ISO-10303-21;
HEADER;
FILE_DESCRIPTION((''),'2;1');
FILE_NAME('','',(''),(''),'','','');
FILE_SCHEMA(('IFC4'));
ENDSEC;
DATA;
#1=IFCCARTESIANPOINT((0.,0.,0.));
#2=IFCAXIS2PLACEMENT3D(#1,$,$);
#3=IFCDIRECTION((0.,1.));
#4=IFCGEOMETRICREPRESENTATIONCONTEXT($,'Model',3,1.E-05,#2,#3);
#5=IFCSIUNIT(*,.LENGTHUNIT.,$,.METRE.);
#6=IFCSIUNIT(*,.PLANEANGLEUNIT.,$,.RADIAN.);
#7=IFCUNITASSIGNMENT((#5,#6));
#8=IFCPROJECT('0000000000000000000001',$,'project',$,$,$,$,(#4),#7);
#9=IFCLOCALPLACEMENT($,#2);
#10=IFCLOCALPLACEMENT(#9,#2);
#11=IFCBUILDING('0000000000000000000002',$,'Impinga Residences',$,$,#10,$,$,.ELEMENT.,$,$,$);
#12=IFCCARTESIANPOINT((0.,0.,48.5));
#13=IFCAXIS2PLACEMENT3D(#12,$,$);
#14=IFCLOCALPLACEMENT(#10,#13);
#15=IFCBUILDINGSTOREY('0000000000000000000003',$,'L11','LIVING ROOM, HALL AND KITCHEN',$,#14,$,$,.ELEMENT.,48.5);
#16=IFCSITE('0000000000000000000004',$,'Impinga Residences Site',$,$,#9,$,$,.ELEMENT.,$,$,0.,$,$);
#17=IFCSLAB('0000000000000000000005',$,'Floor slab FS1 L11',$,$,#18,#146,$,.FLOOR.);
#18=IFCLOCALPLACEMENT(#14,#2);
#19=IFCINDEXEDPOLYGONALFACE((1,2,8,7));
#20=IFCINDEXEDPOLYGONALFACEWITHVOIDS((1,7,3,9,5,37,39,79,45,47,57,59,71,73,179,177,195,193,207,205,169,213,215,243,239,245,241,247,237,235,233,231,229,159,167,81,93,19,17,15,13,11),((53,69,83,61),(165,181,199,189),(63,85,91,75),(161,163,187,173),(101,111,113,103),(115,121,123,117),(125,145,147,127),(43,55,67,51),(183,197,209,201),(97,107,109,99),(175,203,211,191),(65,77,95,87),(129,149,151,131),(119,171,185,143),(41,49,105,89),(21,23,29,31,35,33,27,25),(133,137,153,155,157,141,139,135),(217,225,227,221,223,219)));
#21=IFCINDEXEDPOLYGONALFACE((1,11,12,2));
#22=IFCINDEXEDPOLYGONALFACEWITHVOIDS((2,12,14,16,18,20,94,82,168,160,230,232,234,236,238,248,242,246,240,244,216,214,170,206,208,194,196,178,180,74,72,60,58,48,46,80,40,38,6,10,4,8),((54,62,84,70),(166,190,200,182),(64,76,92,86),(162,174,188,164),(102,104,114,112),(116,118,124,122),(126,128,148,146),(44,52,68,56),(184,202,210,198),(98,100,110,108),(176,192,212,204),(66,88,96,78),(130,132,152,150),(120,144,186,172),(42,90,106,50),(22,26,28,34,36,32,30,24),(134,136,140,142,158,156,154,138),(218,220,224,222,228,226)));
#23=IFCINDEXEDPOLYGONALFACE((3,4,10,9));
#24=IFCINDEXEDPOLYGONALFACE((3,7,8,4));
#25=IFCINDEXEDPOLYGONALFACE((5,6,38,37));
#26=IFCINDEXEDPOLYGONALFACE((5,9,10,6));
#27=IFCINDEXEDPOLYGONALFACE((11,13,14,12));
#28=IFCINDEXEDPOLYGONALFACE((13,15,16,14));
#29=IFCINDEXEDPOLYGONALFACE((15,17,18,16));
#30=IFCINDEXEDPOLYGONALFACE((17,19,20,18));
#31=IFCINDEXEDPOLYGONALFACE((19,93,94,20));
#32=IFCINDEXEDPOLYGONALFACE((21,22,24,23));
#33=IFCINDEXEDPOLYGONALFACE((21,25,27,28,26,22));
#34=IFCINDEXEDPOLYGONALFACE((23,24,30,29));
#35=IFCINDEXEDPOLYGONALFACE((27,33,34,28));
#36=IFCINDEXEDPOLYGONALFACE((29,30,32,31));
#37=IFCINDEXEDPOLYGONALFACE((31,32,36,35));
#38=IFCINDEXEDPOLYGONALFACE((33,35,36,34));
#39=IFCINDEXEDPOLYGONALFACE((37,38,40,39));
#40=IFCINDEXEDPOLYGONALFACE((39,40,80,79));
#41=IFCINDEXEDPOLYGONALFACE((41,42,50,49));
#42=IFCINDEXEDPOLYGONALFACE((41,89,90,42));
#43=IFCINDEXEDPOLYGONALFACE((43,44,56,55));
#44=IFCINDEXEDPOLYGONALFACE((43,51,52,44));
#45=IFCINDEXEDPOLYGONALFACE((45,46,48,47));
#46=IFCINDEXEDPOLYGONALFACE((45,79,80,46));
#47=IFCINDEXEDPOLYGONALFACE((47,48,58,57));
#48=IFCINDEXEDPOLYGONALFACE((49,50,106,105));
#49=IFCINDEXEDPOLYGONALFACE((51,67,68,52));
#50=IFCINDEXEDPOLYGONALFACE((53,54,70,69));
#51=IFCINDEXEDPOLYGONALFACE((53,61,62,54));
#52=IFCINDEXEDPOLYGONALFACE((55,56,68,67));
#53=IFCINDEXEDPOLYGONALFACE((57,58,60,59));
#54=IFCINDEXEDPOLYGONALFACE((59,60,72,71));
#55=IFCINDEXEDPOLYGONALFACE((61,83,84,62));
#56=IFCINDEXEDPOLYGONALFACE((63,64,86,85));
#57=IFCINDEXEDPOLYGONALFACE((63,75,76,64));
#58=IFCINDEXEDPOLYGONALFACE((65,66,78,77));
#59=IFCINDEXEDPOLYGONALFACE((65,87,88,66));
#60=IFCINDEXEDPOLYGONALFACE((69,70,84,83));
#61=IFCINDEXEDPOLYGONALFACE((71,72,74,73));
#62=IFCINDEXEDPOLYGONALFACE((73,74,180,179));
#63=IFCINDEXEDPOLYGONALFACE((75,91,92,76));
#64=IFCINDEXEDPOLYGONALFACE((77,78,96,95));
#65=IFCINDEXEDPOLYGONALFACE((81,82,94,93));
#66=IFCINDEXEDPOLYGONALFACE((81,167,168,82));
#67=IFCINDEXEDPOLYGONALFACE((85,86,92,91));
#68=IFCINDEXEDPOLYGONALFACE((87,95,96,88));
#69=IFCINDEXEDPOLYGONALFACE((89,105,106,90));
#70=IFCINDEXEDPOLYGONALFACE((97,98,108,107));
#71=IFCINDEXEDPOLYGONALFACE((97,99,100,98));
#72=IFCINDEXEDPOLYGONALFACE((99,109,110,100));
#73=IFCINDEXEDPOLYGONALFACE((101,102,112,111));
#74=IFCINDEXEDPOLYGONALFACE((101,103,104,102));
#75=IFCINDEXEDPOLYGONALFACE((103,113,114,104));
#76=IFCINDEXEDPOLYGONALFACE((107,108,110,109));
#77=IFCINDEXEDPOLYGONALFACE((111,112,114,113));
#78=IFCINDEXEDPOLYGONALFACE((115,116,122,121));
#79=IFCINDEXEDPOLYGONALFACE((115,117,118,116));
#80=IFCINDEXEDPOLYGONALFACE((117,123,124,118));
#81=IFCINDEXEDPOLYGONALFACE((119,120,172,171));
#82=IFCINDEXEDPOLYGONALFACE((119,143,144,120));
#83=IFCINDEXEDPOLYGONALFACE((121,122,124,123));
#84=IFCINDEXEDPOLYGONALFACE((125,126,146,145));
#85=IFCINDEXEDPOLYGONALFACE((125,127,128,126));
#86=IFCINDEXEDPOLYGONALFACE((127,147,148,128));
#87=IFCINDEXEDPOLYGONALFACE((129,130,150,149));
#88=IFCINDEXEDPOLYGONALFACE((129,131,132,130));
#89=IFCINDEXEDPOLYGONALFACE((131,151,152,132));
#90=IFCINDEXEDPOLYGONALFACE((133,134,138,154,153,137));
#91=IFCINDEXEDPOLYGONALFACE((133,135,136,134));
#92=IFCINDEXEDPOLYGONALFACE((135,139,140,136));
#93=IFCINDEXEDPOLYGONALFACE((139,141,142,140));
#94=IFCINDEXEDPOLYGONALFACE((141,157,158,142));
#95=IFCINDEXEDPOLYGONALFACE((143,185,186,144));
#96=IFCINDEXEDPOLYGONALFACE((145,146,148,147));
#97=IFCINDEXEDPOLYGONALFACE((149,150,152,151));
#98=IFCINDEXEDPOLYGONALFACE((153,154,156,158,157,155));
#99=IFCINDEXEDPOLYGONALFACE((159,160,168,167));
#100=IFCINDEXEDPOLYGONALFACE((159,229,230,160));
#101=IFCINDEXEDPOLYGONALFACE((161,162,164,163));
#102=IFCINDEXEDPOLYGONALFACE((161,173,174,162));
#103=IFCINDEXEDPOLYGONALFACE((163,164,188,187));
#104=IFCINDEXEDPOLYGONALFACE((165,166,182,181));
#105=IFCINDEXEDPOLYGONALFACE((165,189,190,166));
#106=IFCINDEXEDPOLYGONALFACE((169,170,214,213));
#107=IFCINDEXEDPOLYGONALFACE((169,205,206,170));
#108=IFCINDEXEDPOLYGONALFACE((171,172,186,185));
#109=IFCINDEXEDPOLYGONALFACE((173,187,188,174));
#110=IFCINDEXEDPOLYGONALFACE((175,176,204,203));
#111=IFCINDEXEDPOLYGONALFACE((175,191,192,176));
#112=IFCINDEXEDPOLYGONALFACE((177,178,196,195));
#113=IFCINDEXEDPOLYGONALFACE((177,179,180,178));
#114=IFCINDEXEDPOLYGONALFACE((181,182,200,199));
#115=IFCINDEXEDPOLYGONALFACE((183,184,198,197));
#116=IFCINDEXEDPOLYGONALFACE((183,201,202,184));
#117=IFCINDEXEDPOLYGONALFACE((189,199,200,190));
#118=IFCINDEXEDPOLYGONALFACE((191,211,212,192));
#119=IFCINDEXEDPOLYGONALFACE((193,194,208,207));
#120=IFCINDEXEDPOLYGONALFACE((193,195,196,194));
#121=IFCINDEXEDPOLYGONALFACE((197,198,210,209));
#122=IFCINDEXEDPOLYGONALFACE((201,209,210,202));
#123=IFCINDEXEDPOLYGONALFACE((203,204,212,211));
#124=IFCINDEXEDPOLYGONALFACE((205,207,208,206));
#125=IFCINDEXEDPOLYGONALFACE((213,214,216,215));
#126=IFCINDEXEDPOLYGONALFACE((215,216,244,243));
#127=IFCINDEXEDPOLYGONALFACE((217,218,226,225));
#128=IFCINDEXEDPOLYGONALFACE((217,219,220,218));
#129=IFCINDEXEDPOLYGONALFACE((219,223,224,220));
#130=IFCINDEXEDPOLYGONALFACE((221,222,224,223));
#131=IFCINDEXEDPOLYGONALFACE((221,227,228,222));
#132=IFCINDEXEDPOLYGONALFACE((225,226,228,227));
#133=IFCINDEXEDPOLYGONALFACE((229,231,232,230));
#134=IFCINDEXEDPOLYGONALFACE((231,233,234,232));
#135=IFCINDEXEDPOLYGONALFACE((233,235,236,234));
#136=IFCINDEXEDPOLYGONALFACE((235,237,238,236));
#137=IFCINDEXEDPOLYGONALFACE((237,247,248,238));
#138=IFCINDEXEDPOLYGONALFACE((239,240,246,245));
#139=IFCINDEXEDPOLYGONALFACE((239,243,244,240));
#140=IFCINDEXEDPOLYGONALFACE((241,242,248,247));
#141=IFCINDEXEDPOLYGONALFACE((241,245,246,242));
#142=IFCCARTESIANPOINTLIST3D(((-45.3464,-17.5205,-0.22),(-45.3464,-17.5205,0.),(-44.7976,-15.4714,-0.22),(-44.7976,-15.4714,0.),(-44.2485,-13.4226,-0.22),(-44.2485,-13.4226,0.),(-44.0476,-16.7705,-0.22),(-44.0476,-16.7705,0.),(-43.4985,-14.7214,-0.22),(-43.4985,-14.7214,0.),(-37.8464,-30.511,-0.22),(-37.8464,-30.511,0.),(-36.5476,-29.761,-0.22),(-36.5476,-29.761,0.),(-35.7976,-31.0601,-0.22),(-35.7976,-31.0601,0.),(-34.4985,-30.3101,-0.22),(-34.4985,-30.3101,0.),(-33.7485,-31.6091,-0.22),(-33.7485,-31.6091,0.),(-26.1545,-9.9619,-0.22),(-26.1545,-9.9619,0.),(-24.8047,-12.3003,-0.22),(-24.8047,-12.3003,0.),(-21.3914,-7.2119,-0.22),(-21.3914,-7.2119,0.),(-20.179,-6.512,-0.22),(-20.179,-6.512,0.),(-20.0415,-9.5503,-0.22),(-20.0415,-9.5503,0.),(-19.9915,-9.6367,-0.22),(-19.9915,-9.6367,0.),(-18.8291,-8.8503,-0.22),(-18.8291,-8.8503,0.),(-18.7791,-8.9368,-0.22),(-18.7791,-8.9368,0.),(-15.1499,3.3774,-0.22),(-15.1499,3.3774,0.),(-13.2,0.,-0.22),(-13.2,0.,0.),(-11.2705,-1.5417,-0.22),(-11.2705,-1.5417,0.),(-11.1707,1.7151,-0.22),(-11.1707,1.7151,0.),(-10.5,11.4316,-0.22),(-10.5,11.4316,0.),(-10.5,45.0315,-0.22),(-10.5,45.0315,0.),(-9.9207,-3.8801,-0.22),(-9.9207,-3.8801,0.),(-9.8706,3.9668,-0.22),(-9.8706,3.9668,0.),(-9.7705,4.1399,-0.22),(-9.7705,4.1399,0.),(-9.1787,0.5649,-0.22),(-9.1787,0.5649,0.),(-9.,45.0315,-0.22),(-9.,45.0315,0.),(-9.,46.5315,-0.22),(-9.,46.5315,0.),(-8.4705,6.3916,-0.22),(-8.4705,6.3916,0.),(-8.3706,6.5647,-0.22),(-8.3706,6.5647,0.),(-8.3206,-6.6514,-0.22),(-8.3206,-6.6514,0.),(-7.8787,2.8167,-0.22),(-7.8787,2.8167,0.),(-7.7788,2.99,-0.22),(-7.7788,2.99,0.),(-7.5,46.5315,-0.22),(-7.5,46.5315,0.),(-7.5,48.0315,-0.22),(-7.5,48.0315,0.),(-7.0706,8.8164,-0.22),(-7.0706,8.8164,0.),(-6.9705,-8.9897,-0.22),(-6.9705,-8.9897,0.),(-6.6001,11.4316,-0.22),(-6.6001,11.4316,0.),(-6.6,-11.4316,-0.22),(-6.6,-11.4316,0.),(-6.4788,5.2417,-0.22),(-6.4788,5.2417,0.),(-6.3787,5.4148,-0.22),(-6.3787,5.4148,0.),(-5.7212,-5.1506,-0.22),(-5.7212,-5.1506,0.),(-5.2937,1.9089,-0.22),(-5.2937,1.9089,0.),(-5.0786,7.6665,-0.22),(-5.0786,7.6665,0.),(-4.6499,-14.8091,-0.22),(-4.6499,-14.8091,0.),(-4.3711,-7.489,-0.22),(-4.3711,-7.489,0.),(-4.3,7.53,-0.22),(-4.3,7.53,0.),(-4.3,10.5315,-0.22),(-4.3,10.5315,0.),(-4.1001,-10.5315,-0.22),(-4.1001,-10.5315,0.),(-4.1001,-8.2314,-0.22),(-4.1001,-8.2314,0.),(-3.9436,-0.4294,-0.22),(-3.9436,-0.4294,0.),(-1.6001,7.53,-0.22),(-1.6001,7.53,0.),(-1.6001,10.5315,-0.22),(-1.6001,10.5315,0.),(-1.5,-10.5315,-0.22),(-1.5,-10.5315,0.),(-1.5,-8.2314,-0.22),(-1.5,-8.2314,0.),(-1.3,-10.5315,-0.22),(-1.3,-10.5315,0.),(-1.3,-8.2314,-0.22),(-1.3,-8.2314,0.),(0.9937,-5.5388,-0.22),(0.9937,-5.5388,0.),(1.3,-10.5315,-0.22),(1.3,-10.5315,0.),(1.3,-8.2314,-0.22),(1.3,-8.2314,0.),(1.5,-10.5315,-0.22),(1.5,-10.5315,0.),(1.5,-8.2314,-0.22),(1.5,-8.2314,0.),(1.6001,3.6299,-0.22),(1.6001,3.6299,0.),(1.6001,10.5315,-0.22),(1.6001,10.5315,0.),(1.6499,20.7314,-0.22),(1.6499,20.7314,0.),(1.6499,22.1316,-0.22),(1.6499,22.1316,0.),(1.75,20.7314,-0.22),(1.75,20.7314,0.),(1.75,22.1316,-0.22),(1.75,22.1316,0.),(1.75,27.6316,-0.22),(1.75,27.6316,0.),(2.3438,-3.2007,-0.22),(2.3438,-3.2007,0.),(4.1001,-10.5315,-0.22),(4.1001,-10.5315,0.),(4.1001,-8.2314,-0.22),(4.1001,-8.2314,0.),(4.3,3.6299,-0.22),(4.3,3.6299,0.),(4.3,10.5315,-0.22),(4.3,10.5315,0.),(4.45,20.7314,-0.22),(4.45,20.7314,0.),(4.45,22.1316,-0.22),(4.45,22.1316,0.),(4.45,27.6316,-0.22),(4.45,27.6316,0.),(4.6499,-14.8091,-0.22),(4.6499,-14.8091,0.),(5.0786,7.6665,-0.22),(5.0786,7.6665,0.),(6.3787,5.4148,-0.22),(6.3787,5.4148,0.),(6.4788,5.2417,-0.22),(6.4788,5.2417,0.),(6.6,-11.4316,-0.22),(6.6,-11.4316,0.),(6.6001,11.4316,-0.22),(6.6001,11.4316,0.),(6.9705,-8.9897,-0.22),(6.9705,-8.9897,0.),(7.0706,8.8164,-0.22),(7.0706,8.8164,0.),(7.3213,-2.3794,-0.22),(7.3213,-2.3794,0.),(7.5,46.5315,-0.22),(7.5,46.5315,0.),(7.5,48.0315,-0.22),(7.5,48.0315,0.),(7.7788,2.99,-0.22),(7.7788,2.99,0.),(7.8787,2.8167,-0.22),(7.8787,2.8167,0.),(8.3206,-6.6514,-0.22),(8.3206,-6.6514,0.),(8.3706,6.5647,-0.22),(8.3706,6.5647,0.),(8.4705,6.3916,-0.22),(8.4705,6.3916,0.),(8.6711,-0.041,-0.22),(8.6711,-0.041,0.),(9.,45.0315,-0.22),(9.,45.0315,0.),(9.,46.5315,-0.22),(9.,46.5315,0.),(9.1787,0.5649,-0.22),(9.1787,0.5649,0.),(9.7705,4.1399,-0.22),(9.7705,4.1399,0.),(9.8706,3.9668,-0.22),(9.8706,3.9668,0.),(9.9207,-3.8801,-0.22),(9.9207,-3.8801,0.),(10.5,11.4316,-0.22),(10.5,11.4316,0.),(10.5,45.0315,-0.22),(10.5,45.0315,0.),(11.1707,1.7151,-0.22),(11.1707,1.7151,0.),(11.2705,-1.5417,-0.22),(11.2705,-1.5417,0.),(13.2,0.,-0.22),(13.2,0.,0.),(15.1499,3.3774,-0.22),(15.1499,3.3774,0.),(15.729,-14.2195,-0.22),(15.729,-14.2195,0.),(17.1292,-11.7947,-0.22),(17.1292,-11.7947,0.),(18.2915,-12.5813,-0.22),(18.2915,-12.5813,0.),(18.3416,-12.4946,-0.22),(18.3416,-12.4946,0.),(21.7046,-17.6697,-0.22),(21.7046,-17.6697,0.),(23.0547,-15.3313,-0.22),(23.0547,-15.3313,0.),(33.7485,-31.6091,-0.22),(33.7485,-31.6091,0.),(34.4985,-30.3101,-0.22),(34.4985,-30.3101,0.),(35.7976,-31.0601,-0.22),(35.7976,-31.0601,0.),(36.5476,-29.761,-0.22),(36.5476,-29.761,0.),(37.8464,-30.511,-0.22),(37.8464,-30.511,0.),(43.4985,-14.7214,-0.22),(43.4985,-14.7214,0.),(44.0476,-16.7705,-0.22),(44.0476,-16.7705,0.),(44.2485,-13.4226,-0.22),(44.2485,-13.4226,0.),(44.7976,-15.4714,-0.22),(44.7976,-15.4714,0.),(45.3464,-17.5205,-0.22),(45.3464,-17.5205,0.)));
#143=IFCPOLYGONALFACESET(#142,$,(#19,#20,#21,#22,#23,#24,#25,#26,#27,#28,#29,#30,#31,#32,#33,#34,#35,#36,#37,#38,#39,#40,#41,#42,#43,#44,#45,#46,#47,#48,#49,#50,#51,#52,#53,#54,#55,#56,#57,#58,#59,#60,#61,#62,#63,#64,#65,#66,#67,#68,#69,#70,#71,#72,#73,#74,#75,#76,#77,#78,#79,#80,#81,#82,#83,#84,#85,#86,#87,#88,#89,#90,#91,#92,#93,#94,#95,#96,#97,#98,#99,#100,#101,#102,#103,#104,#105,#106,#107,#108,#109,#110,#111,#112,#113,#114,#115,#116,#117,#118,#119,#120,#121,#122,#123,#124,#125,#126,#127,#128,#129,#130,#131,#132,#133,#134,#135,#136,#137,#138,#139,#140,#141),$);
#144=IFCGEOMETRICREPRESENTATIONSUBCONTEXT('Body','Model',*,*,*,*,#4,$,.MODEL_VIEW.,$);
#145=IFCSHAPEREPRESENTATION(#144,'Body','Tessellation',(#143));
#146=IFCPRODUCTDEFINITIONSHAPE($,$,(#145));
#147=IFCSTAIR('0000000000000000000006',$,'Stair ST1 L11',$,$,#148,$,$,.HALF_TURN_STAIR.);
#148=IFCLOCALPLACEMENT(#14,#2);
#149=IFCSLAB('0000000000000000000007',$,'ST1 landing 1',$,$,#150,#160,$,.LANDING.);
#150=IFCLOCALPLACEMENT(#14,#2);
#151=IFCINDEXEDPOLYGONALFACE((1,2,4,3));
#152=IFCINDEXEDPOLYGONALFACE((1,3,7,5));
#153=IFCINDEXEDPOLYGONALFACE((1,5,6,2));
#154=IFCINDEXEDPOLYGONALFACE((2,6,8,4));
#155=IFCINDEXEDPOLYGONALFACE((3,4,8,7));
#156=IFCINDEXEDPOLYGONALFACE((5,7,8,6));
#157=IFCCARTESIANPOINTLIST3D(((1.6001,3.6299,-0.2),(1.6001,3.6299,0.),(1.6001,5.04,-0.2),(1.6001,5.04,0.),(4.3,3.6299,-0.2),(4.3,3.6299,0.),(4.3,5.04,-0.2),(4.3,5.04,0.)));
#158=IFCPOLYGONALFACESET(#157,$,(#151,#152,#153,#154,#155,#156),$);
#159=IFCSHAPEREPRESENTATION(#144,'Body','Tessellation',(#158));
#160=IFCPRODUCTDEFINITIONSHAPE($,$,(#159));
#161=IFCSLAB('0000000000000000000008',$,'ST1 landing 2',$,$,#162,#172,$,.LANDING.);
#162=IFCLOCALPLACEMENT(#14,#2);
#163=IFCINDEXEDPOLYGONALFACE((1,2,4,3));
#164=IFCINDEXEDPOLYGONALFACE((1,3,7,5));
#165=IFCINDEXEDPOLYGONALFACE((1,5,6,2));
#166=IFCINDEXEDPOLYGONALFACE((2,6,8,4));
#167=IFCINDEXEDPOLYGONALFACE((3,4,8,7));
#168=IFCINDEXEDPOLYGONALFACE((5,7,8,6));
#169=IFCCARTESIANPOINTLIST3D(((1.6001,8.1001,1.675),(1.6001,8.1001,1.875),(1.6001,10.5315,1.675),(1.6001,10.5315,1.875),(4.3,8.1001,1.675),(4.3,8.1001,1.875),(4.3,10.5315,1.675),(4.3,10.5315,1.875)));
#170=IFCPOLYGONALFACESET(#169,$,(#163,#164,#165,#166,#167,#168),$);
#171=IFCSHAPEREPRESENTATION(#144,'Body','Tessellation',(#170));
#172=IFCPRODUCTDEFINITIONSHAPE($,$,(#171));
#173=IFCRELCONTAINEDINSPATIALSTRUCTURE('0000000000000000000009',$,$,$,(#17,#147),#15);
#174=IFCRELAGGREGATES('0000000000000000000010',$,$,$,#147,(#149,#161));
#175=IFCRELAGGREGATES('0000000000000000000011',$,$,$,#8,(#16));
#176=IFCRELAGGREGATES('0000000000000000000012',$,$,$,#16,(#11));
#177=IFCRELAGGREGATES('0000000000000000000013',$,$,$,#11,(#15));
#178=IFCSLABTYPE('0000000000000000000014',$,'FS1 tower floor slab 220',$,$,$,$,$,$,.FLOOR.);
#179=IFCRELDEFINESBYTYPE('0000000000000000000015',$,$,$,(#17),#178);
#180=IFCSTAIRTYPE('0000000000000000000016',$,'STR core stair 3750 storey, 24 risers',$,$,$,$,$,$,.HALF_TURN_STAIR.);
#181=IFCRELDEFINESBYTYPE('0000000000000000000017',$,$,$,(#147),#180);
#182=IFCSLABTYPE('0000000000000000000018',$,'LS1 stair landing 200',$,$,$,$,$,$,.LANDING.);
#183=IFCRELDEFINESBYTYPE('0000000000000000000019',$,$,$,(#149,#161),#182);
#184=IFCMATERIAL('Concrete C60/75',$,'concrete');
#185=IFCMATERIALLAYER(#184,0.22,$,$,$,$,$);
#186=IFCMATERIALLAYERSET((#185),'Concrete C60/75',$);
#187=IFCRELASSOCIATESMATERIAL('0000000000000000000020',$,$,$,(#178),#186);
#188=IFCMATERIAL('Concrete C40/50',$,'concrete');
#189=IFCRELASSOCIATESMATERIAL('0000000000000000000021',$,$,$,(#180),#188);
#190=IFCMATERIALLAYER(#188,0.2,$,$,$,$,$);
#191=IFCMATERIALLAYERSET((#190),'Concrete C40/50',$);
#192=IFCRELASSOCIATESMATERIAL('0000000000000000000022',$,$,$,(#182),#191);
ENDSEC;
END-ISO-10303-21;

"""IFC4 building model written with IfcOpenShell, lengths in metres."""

from ifc_helpers import new_model, si_unit, direction, frame, origin, place, context, subcontext, project, spatial, polyline, outline, extrude, material, layer, layer_set, type_object, element, aggregate, save


model = new_model("IFC4")

# Units and contexts
model_context = context("Model", 3, precision=1e-05, world=origin(), true_north=direction((0.0, 1.0)))
body_context = subcontext(model_context, "Body", "Model", "MODEL_VIEW")
ifc_project = project(units=[si_unit("LENGTHUNIT", "METRE"), si_unit("PLANEANGLEUNIT", "RADIAN")], contexts=[model_context])

# Site, building, storey
site_placement = place(None, origin())
site = spatial("IfcSite", under=ifc_project, at=site_placement, Name="Impinga Residences Site", CompositionType="ELEMENT", RefElevation=0.0)
building_placement = place(site_placement, origin())
building = spatial("IfcBuilding", under=site, at=building_placement, Name="Impinga Residences", CompositionType="ELEMENT")
storey_placement = place(building_placement, frame((0.0, 0.0, 48.5)))
storey = spatial("IfcBuildingStorey", under=building, at=storey_placement, Name="L11", Description="LIVING ROOM, HALL AND KITCHEN", CompositionType="ELEMENT", Elevation=48.5)

# Slab
ifc_material_1 = material(Name="Concrete C60/75", Category="concrete")
ifc_layer_1 = layer(ifc_material_1, 0.22)
ifc_layer_set_1 = layer_set([ifc_layer_1], Name="Concrete C60/75")
slab_type_1 = type_object("IfcSlabType", Name="FS1 tower floor slab 220", PredefinedType="FLOOR", material=ifc_layer_set_1)
slab_1_placement = place(storey_placement, frame((0.0, 0.0, -0.22)))
element("IfcSlab", 1, at=slab_1_placement, inside=storey, type_object=slab_type_1, Name="Floor slab FS1 L11", PredefinedType="FLOOR", context=body_context, shape_type="SweptSolid", body=[
    extrude(outline(polyline([(-34.4985, -30.3101), (-35.7976, -31.0601), (-36.5476, -29.761), (-37.8464, -30.511), (-45.3464, -17.5205), (-44.0476, -16.7705), (-44.7976, -15.4714), (-43.4985, -14.7214), (-44.2485, -13.4226), (-15.1499, 3.3774), (-13.2, 0.0), (-6.6001, 11.4316), (-10.5, 11.4316), (-10.5, 45.0315), (-9.0, 45.0315), (-9.0, 46.5315), (-7.5, 46.5315), (-7.5, 48.0315), (7.5, 48.0315), (7.5, 46.5315), (9.0, 46.5315), (9.0, 45.0315), (10.5, 45.0315), (10.5, 11.4316), (6.6001, 11.4316), (13.2, 0.0), (15.1499, 3.3774), (44.2485, -13.4226), (43.4985, -14.7214), (44.7976, -15.4714), (44.0476, -16.7705), (45.3464, -17.5205), (37.8464, -30.511), (36.5476, -29.761), (35.7976, -31.0601), (34.4985, -30.3101), (33.7485, -31.6091), (4.6499, -14.8091), (9.9001, -5.7158), (6.6001, -11.4316), (-6.6001, -11.4316), (-9.9001, -5.7158), (-4.6499, -14.8091), (-33.7485, -31.6091), (-34.4985, -30.3101)]), holes=[polyline([(-21.3914, -7.2119), (-26.1545, -9.9619), (-24.8047, -12.3003), (-20.0415, -9.5503), (-19.9915, -9.6367), (-18.7791, -8.9368), (-18.8291, -8.8503), (-18.8291, -8.8503), (-20.179, -6.512), (-21.3914, -7.2119), (-21.3914, -7.2119)]), polyline([(-1.5, -8.2314), (-4.1001, -8.2314), (-4.1001, -10.5315), (-1.5, -10.5315), (-1.5, -8.2314)]), polyline([(1.3, -8.2314), (-1.3, -8.2314), (-1.3, -10.5315), (1.3, -10.5315), (1.3, -8.2314)]), polyline([(1.5, -8.2314), (1.5, -10.5315), (4.1001, -10.5315), (4.1001, -8.2314), (1.5, -8.2314)]), polyline([(-5.7212, -5.1506), (-8.3206, -6.6514), (-6.9705, -8.9897), (-4.3711, -7.489), (-5.7212, -5.1506)]), polyline([(-3.9436, -0.4294), (-5.2937, 1.9089), (-11.2705, -1.5417), (-9.9207, -3.8801), (-3.9436, -0.4294)]), polyline([(-9.1787, 0.5649), (-7.8787, 2.8167), (-9.8706, 3.9668), (-11.1707, 1.7151), (-9.1787, 0.5649)]), polyline([(-6.4788, 5.2417), (-8.4705, 6.3916), (-9.7705, 4.1399), (-7.7788, 2.99), (-6.4788, 5.2417)]), polyline([(-6.3787, 5.4148), (-5.0786, 7.6665), (-7.0706, 8.8164), (-8.3706, 6.5647), (-6.3787, 5.4148)]), polyline([(-4.3, 7.53), (-1.6001, 7.53), (-1.6001, 10.5315), (-4.3, 10.5315), (-4.3, 7.53)]), polyline([(15.729, -14.2195), (21.7046, -17.6697), (23.0547, -15.3313), (18.2915, -12.5813), (18.3416, -12.4946), (17.1292, -11.7947), (15.729, -14.2195)]), polyline([(0.9937, -5.5388), (6.9705, -8.9897), (8.3206, -6.6514), (2.3438, -3.2007), (0.9937, -5.5388)]), polyline([(8.6711, -0.041), (7.3213, -2.3794), (9.9207, -3.8801), (11.2705, -1.5417), (8.6711, -0.041)]), polyline([(7.8787, 2.8167), (9.1787, 0.5649), (11.1707, 1.7151), (9.8706, 3.9668), (7.8787, 2.8167)]), polyline([(7.7788, 2.99), (9.7705, 4.1399), (8.4705, 6.3916), (6.4788, 5.2417), (7.7788, 2.99)]), polyline([(1.6001, 3.6299), (4.3, 3.6299), (4.3, 10.5315), (1.6001, 10.5315), (1.6001, 3.6299)]), polyline([(5.0786, 7.6665), (6.3787, 5.4148), (8.3706, 6.5647), (7.0706, 8.8164), (5.0786, 7.6665)]), polyline([(1.75, 22.1316), (1.6499, 22.1316), (1.6499, 20.7314), (1.75, 20.7314), (4.45, 20.7314), (4.45, 22.1316), (4.45, 27.6316), (1.75, 27.6316), (1.75, 22.1316)])]), origin(), (0.0, 0.0, 1.0), 0.22),
])

# Stair, slabs
ifc_material_2 = material(Name="Concrete C40/50", Category="concrete")
stair_type = type_object("IfcStairType", Name="STR core stair 3750 storey, 24 risers", PredefinedType="HALF_TURN_STAIR", material=ifc_material_2)
stair_1_placement = place(storey_placement, origin())
stair_1 = element("IfcStair", 2, at=stair_1_placement, inside=storey, type_object=stair_type, Name="Stair ST1 L11", PredefinedType="HALF_TURN_STAIR")
ifc_layer_2 = layer(ifc_material_2, 0.2)
ifc_layer_set_2 = layer_set([ifc_layer_2], Name="Concrete C40/50")
slab_type_2 = type_object("IfcSlabType", Name="LS1 stair landing 200", PredefinedType="LANDING", material=ifc_layer_set_2)
slab_2_placement = place(storey_placement, frame((0.0, 0.0, -0.2)))
slab_2 = element("IfcSlab", 3, at=slab_2_placement, type_object=slab_type_2, Name="ST1 landing 1", PredefinedType="LANDING", context=body_context, shape_type="SweptSolid", body=[
    extrude(outline(polyline([(1.6001, 3.6299), (4.3, 3.6299), (4.3, 5.04), (1.6001, 5.04), (1.6001, 3.6299)])), origin(), (0.0, 0.0, 1.0), 0.2),
])
slab_3_placement = place(storey_placement, frame((0.0, 0.0, 1.675)))
slab_3 = element("IfcSlab", 4, at=slab_3_placement, type_object=slab_type_2, Name="ST1 landing 2", PredefinedType="LANDING", context=body_context, shape_type="SweptSolid", body=[
    extrude(outline(polyline([(1.6001, 8.1001), (4.3, 8.1001), (4.3, 10.5315), (1.6001, 10.5315), (1.6001, 8.1001)])), origin(), (0.0, 0.0, 1.0), 0.2),
])
aggregate(stair_1, [slab_2, slab_3])

save(model, "model.ifc")
